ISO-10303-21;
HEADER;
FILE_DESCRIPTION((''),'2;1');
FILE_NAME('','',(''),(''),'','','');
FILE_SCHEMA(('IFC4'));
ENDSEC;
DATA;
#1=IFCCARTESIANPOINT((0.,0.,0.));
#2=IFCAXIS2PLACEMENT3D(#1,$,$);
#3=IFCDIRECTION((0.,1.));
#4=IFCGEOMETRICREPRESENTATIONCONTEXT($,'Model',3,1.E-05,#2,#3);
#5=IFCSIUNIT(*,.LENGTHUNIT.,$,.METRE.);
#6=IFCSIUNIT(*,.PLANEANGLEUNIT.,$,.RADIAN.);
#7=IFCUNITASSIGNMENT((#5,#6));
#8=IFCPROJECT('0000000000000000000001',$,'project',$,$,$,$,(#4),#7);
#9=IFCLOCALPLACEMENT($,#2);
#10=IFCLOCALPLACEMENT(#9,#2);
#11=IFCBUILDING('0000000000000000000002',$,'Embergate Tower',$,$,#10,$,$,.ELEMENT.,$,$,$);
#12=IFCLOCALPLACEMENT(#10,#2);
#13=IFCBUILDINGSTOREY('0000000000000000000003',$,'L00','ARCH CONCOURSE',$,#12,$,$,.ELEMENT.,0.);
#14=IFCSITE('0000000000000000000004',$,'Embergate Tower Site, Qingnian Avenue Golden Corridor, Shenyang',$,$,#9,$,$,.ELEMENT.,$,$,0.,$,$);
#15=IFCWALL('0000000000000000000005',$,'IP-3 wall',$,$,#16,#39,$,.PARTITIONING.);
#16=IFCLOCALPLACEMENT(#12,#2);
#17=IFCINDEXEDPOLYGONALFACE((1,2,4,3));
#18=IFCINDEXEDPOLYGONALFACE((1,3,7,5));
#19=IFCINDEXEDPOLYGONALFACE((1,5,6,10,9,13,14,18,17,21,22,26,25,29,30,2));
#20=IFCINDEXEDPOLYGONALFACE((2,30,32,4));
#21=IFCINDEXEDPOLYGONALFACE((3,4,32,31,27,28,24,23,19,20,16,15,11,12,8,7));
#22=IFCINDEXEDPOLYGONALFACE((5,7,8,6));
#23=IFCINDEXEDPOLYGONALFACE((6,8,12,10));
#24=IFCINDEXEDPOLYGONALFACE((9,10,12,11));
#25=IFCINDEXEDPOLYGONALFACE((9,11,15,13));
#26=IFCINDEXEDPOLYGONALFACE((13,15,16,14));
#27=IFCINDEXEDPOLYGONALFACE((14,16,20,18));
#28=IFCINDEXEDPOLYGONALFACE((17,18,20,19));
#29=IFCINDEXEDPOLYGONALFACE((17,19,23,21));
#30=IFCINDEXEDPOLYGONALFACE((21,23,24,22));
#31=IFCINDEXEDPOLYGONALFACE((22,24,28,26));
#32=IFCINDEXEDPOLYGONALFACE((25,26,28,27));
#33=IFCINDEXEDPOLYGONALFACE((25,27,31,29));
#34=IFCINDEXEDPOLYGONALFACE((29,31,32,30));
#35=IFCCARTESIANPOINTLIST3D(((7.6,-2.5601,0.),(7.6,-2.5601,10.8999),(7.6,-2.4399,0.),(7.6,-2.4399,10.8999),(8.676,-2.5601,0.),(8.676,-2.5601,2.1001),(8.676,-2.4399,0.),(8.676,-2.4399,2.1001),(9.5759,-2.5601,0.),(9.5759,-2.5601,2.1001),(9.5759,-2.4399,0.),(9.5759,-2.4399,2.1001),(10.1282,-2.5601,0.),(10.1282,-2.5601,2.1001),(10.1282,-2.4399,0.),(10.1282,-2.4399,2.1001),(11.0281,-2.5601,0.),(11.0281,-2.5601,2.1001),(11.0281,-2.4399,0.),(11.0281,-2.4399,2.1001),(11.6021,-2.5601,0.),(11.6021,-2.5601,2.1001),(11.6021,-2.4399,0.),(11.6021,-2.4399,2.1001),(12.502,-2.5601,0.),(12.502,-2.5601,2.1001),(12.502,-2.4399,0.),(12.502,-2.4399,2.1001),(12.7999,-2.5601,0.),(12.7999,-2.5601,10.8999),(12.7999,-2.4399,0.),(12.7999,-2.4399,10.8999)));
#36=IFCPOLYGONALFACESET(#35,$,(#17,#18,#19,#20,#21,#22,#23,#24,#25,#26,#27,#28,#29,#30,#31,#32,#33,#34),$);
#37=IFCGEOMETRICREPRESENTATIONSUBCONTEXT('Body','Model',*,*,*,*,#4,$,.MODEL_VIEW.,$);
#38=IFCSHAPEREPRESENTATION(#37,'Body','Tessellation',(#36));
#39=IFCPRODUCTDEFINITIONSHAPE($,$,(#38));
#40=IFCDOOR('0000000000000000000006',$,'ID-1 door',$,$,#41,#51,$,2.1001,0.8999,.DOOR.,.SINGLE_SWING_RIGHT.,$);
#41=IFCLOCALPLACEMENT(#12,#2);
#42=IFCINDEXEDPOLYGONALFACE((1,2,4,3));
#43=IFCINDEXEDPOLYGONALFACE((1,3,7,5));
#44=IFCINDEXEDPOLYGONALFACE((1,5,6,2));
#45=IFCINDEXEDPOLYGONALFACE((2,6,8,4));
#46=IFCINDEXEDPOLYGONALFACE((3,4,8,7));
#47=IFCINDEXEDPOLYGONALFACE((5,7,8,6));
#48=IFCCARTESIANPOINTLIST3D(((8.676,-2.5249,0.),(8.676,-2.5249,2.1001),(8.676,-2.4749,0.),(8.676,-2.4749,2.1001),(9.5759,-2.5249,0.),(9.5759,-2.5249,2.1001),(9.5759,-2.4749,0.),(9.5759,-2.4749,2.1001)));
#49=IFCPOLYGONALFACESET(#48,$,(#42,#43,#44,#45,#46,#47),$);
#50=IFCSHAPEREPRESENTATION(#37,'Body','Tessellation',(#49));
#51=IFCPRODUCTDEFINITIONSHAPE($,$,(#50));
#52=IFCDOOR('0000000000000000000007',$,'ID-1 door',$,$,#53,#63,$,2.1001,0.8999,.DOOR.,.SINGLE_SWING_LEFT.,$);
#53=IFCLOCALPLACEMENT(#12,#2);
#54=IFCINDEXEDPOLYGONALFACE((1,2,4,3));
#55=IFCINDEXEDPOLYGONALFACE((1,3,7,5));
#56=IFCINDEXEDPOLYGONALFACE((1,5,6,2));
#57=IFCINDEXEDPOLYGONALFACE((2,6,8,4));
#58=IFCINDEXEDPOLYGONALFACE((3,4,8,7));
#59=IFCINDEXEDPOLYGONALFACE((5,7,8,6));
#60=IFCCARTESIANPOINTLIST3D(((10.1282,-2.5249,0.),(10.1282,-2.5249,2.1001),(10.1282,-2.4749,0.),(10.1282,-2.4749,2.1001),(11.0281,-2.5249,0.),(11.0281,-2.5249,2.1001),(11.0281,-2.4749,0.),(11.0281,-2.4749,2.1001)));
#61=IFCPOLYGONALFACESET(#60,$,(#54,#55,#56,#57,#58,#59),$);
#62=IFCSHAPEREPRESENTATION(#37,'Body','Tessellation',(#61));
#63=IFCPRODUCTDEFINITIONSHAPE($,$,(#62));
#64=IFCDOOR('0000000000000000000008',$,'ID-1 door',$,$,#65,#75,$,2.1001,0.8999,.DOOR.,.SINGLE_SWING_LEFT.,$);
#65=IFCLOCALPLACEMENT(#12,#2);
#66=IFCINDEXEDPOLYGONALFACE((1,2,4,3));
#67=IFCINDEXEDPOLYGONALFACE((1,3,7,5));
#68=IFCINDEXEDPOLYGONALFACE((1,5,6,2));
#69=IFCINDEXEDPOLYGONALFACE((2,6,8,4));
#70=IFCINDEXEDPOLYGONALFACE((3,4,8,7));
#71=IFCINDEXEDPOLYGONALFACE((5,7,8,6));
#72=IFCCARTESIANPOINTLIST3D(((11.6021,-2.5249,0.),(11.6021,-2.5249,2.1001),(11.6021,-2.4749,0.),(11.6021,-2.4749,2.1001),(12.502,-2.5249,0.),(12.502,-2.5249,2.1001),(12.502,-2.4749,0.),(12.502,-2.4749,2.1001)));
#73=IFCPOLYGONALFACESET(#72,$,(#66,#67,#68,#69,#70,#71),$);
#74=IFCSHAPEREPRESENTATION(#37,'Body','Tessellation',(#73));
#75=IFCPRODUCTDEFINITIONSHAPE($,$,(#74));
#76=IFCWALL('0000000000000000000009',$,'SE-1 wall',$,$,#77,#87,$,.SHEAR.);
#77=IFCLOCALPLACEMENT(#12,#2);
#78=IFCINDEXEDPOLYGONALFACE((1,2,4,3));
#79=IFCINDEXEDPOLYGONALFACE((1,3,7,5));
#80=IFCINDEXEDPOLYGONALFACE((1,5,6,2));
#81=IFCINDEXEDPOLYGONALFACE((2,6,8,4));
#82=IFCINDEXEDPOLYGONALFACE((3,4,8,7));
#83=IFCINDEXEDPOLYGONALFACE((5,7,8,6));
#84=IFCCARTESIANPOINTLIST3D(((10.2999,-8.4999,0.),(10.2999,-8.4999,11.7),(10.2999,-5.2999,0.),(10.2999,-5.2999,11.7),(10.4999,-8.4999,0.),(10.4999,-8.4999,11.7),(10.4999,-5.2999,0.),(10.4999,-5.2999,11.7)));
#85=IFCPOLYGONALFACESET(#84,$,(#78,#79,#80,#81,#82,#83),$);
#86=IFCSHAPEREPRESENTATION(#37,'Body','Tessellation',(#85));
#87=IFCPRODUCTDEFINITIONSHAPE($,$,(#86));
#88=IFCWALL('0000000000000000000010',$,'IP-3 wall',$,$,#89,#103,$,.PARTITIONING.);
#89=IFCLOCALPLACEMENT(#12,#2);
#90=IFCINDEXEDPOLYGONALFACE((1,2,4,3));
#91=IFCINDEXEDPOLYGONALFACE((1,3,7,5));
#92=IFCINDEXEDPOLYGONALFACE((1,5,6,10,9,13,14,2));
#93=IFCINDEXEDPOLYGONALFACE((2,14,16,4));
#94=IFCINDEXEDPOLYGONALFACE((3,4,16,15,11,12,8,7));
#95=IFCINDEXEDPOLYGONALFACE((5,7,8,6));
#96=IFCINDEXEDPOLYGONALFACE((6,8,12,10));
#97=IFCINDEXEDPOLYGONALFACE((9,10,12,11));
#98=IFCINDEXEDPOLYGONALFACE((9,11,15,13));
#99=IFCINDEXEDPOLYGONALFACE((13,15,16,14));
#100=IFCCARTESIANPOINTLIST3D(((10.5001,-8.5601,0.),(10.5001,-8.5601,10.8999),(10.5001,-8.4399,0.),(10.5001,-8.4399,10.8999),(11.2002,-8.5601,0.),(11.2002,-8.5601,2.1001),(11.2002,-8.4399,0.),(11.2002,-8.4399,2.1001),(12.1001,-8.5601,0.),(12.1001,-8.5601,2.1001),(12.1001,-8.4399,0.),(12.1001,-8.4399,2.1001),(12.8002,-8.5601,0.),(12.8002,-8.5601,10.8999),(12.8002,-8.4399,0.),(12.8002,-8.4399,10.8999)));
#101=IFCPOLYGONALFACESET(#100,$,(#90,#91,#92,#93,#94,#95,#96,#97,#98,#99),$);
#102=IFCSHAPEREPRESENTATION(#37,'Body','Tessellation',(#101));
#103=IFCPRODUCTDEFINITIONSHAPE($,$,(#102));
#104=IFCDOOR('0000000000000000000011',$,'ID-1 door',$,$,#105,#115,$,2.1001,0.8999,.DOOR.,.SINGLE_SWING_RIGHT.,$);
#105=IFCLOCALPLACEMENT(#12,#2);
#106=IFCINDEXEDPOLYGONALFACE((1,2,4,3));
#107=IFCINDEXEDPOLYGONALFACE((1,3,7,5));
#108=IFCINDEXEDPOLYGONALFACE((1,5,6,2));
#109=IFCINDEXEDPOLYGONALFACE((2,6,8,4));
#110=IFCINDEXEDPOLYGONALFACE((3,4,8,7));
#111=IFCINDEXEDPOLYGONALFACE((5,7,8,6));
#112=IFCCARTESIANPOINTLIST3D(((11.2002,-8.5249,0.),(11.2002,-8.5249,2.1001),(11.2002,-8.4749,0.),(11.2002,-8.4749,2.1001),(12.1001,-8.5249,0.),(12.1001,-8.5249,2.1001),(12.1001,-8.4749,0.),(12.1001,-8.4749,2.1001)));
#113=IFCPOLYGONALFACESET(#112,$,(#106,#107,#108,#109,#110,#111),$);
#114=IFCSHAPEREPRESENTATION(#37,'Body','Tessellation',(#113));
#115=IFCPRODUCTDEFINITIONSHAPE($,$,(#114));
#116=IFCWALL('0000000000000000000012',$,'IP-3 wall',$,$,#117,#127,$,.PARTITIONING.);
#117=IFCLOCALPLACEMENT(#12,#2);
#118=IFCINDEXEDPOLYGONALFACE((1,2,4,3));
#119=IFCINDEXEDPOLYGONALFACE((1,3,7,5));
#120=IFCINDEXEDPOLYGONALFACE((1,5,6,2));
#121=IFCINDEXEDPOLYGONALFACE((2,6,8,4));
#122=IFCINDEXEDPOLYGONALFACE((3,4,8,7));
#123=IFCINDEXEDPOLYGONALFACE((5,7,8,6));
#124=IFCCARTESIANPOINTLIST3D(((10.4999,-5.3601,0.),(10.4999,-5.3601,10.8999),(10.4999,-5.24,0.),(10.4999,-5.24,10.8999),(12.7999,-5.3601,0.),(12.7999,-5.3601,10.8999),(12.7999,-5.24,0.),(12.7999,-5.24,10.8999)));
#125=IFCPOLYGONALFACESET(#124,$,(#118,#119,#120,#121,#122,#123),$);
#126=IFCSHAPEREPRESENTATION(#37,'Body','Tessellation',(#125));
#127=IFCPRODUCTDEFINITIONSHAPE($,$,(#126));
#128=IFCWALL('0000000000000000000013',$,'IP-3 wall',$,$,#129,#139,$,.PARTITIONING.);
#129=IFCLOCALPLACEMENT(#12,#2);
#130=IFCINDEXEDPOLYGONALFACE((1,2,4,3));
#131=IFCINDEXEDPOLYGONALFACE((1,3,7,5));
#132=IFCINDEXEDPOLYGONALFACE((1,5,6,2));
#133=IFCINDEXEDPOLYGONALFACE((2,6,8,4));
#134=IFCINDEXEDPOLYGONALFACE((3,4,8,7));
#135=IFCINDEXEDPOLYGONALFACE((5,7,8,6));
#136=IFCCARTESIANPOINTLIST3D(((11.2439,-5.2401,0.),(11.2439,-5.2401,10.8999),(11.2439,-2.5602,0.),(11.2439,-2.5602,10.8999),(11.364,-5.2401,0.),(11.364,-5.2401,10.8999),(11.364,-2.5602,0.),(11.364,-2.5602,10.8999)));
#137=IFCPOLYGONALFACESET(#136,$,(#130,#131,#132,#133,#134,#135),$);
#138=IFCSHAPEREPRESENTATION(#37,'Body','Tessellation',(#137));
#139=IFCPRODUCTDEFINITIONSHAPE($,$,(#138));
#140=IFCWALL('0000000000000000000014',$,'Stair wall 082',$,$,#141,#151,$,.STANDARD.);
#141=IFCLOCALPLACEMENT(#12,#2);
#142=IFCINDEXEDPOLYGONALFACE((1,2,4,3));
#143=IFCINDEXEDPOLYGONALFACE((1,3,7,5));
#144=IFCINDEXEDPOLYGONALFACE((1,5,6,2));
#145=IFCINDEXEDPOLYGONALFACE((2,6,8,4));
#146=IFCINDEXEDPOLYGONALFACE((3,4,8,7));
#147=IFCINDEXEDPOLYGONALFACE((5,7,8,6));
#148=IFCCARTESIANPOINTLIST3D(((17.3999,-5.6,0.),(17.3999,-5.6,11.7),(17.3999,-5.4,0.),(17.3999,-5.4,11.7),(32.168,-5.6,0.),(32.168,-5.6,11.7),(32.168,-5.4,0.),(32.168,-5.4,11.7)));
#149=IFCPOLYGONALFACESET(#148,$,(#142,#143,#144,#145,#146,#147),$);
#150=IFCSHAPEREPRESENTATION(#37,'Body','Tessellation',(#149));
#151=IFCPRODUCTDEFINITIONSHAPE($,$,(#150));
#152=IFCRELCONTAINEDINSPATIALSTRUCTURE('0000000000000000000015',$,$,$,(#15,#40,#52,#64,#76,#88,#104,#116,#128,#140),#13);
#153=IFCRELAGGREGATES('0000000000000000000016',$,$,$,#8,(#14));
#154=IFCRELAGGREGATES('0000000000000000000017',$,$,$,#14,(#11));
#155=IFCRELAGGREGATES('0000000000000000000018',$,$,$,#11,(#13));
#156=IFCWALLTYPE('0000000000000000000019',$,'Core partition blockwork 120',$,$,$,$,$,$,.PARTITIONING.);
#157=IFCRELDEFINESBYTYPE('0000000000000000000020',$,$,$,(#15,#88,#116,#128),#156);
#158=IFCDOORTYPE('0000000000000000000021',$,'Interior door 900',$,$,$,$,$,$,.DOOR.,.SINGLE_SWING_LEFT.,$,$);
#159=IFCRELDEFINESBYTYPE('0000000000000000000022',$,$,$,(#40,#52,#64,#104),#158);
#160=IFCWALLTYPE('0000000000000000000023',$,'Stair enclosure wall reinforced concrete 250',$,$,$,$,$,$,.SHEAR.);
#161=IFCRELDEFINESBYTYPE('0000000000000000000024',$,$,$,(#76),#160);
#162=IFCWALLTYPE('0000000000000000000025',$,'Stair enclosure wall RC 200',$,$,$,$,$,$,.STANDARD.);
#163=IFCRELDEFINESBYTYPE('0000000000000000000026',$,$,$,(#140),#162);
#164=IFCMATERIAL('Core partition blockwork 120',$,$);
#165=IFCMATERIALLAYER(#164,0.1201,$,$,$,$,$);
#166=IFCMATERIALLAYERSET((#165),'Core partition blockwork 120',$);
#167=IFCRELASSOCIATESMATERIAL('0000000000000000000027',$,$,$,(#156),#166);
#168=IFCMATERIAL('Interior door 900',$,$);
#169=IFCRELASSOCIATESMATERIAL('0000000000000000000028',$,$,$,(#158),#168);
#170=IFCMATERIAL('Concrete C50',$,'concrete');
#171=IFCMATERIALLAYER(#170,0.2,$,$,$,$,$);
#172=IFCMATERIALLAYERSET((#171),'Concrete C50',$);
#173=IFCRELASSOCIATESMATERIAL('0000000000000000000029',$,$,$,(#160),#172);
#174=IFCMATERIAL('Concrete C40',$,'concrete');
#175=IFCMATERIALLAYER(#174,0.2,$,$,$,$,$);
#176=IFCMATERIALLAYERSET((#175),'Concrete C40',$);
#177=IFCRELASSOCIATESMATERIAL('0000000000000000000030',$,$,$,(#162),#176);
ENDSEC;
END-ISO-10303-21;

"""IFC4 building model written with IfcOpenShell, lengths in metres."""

from ifc_helpers import new_model, si_unit, direction, frame, frame_2d, origin, place, context, subcontext, project, spatial, rectangle, extrude, source, transform, mapped, material, layer, layer_set, type_object, element, fill, save


model = new_model("IFC4")

# Units and contexts
model_context = context("Model", 3, precision=1e-05, world=origin(), true_north=direction((0.0, 1.0)))
body_context = subcontext(model_context, "Body", "Model", "MODEL_VIEW")
ifc_project = project(units=[si_unit("LENGTHUNIT", "METRE"), si_unit("PLANEANGLEUNIT", "RADIAN")], contexts=[model_context])

# Site, building, storey
site_placement = place(None, origin())
site = spatial("IfcSite", under=ifc_project, at=site_placement, Name="Embergate Tower Site, Qingnian Avenue Golden Corridor, Shenyang", CompositionType="ELEMENT", RefElevation=0.0)
building_placement = place(site_placement, origin())
building = spatial("IfcBuilding", under=site, at=building_placement, Name="Embergate Tower", CompositionType="ELEMENT")
storey_placement = place(building_placement, origin())
storey = spatial("IfcBuildingStorey", under=building, at=storey_placement, Name="L00", Description="ARCH CONCOURSE", CompositionType="ELEMENT", Elevation=0.0)

# Shared definitions
ifc_material_1 = material(Name="Concrete C40", Category="concrete")

# Shared definitions
ifc_material_2 = material(Name="Concrete C50", Category="concrete")

# Shared definitions
ifc_material_3 = material(Name="Core partition blockwork 120")
ifc_layer_1 = layer(ifc_material_3, 0.1201)
ifc_layer_set_1 = layer_set([ifc_layer_1], Name="Core partition blockwork 120")
wall_type_1 = type_object("IfcWallType", Name="Core partition blockwork 120", PredefinedType="PARTITIONING", material=ifc_layer_set_1)
shared_shape_1 = source(origin(), body_context, "Body", "SweptSolid", [
    extrude(rectangle(XDim=0.8999, YDim=2.1001, at=frame_2d((0.45, 1.05))), frame((0.0, 0.0701, 0.0), z_axis=(0.0, -1.0, 0.0), x_axis=(1.0, 0.0, 0.0)), (0.0, 0.0, 1.0), 0.1401),
])
ifc_material_4 = material(Name="Interior door 900")
door_type_1 = type_object("IfcDoorType", Name="Interior door 900", OperationType="SINGLE_SWING_LEFT", PredefinedType="DOOR", material=ifc_material_4)
shared_shape_2 = source(origin(), body_context, "Body", "SweptSolid", [
    extrude(rectangle(XDim=0.8999, YDim=2.1001, at=frame_2d((0.45, 1.05))), frame((0.0, 0.0249, 0.0), z_axis=(0.0, -1.0, 0.0), x_axis=(1.0, 0.0, 0.0)), (0.0, 0.0, 1.0), 0.05),
])

# Wall, openings, doors
shared_shape_3 = source(origin(), body_context, "Body", "SweptSolid", [
    extrude(rectangle(XDim=5.2, YDim=0.1201, at=frame_2d((2.6001, 0.0))), origin(), (0.0, 0.0, 1.0), 10.8999),
])
wall_1_placement = place(storey_placement, frame((12.8, -2.5, 0.0), z_axis=(0.0, 0.0, 1.0), x_axis=(-1.0, 0.0, 0.0)))
wall_1 = element("IfcWall", 1, at=wall_1_placement, inside=storey, type_object=wall_type_1, Name="IP-3 wall", PredefinedType="PARTITIONING", context=body_context, shape_type="MappedRepresentation", body=[
    mapped(shared_shape_3, transform((0.0, 0.0, 0.0))),
])
opening_1_placement = place(wall_1_placement, frame((3.2241, 0.0, 0.0)))
opening_1 = element("IfcOpeningElement", 2, at=opening_1_placement, cuts=wall_1, PredefinedType="OPENING", context=body_context, shape_type="MappedRepresentation", body=[
    mapped(shared_shape_1, transform((0.0, 0.0, 0.0))),
])
opening_2_placement = place(wall_1_placement, frame((1.772, 0.0, 0.0)))
opening_2 = element("IfcOpeningElement", 3, at=opening_2_placement, cuts=wall_1, PredefinedType="OPENING", context=body_context, shape_type="MappedRepresentation", body=[
    mapped(shared_shape_1, transform((0.0, 0.0, 0.0))),
])
opening_3_placement = place(wall_1_placement, frame((0.2981, 0.0, 0.0)))
opening_3 = element("IfcOpeningElement", 4, at=opening_3_placement, cuts=wall_1, PredefinedType="OPENING", context=body_context, shape_type="MappedRepresentation", body=[
    mapped(shared_shape_1, transform((0.0, 0.0, 0.0))),
])
door_1_placement = place(opening_1_placement, origin())
door_1 = element("IfcDoor", 5, at=door_1_placement, inside=storey, type_object=door_type_1, Name="ID-1 door", OperationType="SINGLE_SWING_RIGHT", OverallHeight=2.1001, OverallWidth=0.8999, PredefinedType="DOOR", context=body_context, shape_type="MappedRepresentation", body=[
    mapped(shared_shape_2, transform((0.0, 0.0, 0.0))),
])
fill(opening_1, door_1)
door_2_placement = place(opening_2_placement, origin())
door_2 = element("IfcDoor", 6, at=door_2_placement, inside=storey, type_object=door_type_1, Name="ID-1 door", OperationType="SINGLE_SWING_LEFT", OverallHeight=2.1001, OverallWidth=0.8999, PredefinedType="DOOR", context=body_context, shape_type="MappedRepresentation", body=[
    mapped(shared_shape_2, transform((0.0, 0.0, 0.0))),
])
fill(opening_2, door_2)
door_3_placement = place(opening_3_placement, origin())
door_3 = element("IfcDoor", 7, at=door_3_placement, inside=storey, type_object=door_type_1, Name="ID-1 door", OperationType="SINGLE_SWING_LEFT", OverallHeight=2.1001, OverallWidth=0.8999, PredefinedType="DOOR", context=body_context, shape_type="MappedRepresentation", body=[
    mapped(shared_shape_2, transform((0.0, 0.0, 0.0))),
])
fill(opening_3, door_3)

# Wall
ifc_layer_2 = layer(ifc_material_2, 0.2)
ifc_layer_set_2 = layer_set([ifc_layer_2], Name="Concrete C50")
wall_type_2 = type_object("IfcWallType", Name="Stair enclosure wall reinforced concrete 250", PredefinedType="SHEAR", material=ifc_layer_set_2)
shared_shape_4 = source(origin(), body_context, "Body", "SweptSolid", [
    extrude(rectangle(XDim=3.2, YDim=0.2, at=frame_2d((1.6001, 0.0))), origin(), (0.0, 0.0, 1.0), 11.7),
])
wall_2_placement = place(storey_placement, frame((10.3999, -8.5, 0.0), z_axis=(0.0, 0.0, 1.0), x_axis=(0.0, 1.0, 0.0)))
element("IfcWall", 8, at=wall_2_placement, inside=storey, type_object=wall_type_2, Name="SE-1 wall", PredefinedType="SHEAR", context=body_context, shape_type="MappedRepresentation", body=[
    mapped(shared_shape_4, transform((0.0, 0.0, 0.0))),
])

# Wall, opening, door
shared_shape_5 = source(origin(), body_context, "Body", "SweptSolid", [
    extrude(rectangle(XDim=2.3, YDim=0.1201, at=frame_2d((1.1499, 0.0))), origin(), (0.0, 0.0, 1.0), 10.8999),
])
wall_3_placement = place(storey_placement, frame((12.8, -8.5, 0.0), z_axis=(0.0, 0.0, 1.0), x_axis=(-1.0, 0.0, 0.0)))
wall_3 = element("IfcWall", 9, at=wall_3_placement, inside=storey, type_object=wall_type_1, Name="IP-3 wall", PredefinedType="PARTITIONING", context=body_context, shape_type="MappedRepresentation", body=[
    mapped(shared_shape_5, transform((0.0, 0.0, 0.0))),
])
opening_4_placement = place(wall_3_placement, frame((0.7, 0.0, 0.0)))
opening_4 = element("IfcOpeningElement", 10, at=opening_4_placement, cuts=wall_3, PredefinedType="OPENING", context=body_context, shape_type="MappedRepresentation", body=[
    mapped(shared_shape_1, transform((0.0, 0.0, 0.0))),
])
door_4_placement = place(opening_4_placement, origin())
door_4 = element("IfcDoor", 11, at=door_4_placement, inside=storey, type_object=door_type_1, Name="ID-1 door", OperationType="SINGLE_SWING_RIGHT", OverallHeight=2.1001, OverallWidth=0.8999, PredefinedType="DOOR", context=body_context, shape_type="MappedRepresentation", body=[
    mapped(shared_shape_2, transform((0.0, 0.0, 0.0))),
])
fill(opening_4, door_4)

# Walls
wall_4_placement = place(storey_placement, frame((10.5, -5.3, 0.0), z_axis=(0.0, 0.0, 1.0), x_axis=(1.0, 0.0, 0.0)))
element("IfcWall", 12, at=wall_4_placement, inside=storey, type_object=wall_type_1, Name="IP-3 wall", PredefinedType="PARTITIONING", context=body_context, shape_type="MappedRepresentation", body=[
    mapped(shared_shape_5, transform((0.0, 0.0, 0.0))),
])
shared_shape_6 = source(origin(), body_context, "Body", "SweptSolid", [
    extrude(rectangle(XDim=2.6799, YDim=0.1201, at=frame_2d((1.3398, 0.0))), origin(), (0.0, 0.0, 1.0), 10.8999),
])
wall_5_placement = place(storey_placement, frame((11.304, -5.24, 0.0), z_axis=(0.0, 0.0, 1.0), x_axis=(0.0, 1.0, 0.0)))
element("IfcWall", 13, at=wall_5_placement, inside=storey, type_object=wall_type_1, Name="IP-3 wall", PredefinedType="PARTITIONING", context=body_context, shape_type="MappedRepresentation", body=[
    mapped(shared_shape_6, transform((0.0, 0.0, 0.0))),
])
ifc_layer_3 = layer(ifc_material_1, 0.2)
ifc_layer_set_3 = layer_set([ifc_layer_3], Name="Concrete C40")
wall_type_3 = type_object("IfcWallType", Name="Stair enclosure wall RC 200", PredefinedType="STANDARD", material=ifc_layer_set_3)
shared_shape_7 = source(origin(), body_context, "Body", "SweptSolid", [
    extrude(rectangle(XDim=14.7681, YDim=0.2, at=frame_2d((7.384, 0.0))), origin(), (0.0, 0.0, 1.0), 11.7),
])
wall_6_placement = place(storey_placement, frame((17.3999, -5.5, 0.0), z_axis=(0.0, 0.0, 1.0), x_axis=(1.0, 0.0, 0.0)))
element("IfcWall", 14, at=wall_6_placement, inside=storey, type_object=wall_type_3, Name="Stair wall 082", PredefinedType="STANDARD", context=body_context, shape_type="MappedRepresentation", body=[
    mapped(shared_shape_7, transform((0.0, 0.0, 0.0))),
])

save(model, "model.ifc")
